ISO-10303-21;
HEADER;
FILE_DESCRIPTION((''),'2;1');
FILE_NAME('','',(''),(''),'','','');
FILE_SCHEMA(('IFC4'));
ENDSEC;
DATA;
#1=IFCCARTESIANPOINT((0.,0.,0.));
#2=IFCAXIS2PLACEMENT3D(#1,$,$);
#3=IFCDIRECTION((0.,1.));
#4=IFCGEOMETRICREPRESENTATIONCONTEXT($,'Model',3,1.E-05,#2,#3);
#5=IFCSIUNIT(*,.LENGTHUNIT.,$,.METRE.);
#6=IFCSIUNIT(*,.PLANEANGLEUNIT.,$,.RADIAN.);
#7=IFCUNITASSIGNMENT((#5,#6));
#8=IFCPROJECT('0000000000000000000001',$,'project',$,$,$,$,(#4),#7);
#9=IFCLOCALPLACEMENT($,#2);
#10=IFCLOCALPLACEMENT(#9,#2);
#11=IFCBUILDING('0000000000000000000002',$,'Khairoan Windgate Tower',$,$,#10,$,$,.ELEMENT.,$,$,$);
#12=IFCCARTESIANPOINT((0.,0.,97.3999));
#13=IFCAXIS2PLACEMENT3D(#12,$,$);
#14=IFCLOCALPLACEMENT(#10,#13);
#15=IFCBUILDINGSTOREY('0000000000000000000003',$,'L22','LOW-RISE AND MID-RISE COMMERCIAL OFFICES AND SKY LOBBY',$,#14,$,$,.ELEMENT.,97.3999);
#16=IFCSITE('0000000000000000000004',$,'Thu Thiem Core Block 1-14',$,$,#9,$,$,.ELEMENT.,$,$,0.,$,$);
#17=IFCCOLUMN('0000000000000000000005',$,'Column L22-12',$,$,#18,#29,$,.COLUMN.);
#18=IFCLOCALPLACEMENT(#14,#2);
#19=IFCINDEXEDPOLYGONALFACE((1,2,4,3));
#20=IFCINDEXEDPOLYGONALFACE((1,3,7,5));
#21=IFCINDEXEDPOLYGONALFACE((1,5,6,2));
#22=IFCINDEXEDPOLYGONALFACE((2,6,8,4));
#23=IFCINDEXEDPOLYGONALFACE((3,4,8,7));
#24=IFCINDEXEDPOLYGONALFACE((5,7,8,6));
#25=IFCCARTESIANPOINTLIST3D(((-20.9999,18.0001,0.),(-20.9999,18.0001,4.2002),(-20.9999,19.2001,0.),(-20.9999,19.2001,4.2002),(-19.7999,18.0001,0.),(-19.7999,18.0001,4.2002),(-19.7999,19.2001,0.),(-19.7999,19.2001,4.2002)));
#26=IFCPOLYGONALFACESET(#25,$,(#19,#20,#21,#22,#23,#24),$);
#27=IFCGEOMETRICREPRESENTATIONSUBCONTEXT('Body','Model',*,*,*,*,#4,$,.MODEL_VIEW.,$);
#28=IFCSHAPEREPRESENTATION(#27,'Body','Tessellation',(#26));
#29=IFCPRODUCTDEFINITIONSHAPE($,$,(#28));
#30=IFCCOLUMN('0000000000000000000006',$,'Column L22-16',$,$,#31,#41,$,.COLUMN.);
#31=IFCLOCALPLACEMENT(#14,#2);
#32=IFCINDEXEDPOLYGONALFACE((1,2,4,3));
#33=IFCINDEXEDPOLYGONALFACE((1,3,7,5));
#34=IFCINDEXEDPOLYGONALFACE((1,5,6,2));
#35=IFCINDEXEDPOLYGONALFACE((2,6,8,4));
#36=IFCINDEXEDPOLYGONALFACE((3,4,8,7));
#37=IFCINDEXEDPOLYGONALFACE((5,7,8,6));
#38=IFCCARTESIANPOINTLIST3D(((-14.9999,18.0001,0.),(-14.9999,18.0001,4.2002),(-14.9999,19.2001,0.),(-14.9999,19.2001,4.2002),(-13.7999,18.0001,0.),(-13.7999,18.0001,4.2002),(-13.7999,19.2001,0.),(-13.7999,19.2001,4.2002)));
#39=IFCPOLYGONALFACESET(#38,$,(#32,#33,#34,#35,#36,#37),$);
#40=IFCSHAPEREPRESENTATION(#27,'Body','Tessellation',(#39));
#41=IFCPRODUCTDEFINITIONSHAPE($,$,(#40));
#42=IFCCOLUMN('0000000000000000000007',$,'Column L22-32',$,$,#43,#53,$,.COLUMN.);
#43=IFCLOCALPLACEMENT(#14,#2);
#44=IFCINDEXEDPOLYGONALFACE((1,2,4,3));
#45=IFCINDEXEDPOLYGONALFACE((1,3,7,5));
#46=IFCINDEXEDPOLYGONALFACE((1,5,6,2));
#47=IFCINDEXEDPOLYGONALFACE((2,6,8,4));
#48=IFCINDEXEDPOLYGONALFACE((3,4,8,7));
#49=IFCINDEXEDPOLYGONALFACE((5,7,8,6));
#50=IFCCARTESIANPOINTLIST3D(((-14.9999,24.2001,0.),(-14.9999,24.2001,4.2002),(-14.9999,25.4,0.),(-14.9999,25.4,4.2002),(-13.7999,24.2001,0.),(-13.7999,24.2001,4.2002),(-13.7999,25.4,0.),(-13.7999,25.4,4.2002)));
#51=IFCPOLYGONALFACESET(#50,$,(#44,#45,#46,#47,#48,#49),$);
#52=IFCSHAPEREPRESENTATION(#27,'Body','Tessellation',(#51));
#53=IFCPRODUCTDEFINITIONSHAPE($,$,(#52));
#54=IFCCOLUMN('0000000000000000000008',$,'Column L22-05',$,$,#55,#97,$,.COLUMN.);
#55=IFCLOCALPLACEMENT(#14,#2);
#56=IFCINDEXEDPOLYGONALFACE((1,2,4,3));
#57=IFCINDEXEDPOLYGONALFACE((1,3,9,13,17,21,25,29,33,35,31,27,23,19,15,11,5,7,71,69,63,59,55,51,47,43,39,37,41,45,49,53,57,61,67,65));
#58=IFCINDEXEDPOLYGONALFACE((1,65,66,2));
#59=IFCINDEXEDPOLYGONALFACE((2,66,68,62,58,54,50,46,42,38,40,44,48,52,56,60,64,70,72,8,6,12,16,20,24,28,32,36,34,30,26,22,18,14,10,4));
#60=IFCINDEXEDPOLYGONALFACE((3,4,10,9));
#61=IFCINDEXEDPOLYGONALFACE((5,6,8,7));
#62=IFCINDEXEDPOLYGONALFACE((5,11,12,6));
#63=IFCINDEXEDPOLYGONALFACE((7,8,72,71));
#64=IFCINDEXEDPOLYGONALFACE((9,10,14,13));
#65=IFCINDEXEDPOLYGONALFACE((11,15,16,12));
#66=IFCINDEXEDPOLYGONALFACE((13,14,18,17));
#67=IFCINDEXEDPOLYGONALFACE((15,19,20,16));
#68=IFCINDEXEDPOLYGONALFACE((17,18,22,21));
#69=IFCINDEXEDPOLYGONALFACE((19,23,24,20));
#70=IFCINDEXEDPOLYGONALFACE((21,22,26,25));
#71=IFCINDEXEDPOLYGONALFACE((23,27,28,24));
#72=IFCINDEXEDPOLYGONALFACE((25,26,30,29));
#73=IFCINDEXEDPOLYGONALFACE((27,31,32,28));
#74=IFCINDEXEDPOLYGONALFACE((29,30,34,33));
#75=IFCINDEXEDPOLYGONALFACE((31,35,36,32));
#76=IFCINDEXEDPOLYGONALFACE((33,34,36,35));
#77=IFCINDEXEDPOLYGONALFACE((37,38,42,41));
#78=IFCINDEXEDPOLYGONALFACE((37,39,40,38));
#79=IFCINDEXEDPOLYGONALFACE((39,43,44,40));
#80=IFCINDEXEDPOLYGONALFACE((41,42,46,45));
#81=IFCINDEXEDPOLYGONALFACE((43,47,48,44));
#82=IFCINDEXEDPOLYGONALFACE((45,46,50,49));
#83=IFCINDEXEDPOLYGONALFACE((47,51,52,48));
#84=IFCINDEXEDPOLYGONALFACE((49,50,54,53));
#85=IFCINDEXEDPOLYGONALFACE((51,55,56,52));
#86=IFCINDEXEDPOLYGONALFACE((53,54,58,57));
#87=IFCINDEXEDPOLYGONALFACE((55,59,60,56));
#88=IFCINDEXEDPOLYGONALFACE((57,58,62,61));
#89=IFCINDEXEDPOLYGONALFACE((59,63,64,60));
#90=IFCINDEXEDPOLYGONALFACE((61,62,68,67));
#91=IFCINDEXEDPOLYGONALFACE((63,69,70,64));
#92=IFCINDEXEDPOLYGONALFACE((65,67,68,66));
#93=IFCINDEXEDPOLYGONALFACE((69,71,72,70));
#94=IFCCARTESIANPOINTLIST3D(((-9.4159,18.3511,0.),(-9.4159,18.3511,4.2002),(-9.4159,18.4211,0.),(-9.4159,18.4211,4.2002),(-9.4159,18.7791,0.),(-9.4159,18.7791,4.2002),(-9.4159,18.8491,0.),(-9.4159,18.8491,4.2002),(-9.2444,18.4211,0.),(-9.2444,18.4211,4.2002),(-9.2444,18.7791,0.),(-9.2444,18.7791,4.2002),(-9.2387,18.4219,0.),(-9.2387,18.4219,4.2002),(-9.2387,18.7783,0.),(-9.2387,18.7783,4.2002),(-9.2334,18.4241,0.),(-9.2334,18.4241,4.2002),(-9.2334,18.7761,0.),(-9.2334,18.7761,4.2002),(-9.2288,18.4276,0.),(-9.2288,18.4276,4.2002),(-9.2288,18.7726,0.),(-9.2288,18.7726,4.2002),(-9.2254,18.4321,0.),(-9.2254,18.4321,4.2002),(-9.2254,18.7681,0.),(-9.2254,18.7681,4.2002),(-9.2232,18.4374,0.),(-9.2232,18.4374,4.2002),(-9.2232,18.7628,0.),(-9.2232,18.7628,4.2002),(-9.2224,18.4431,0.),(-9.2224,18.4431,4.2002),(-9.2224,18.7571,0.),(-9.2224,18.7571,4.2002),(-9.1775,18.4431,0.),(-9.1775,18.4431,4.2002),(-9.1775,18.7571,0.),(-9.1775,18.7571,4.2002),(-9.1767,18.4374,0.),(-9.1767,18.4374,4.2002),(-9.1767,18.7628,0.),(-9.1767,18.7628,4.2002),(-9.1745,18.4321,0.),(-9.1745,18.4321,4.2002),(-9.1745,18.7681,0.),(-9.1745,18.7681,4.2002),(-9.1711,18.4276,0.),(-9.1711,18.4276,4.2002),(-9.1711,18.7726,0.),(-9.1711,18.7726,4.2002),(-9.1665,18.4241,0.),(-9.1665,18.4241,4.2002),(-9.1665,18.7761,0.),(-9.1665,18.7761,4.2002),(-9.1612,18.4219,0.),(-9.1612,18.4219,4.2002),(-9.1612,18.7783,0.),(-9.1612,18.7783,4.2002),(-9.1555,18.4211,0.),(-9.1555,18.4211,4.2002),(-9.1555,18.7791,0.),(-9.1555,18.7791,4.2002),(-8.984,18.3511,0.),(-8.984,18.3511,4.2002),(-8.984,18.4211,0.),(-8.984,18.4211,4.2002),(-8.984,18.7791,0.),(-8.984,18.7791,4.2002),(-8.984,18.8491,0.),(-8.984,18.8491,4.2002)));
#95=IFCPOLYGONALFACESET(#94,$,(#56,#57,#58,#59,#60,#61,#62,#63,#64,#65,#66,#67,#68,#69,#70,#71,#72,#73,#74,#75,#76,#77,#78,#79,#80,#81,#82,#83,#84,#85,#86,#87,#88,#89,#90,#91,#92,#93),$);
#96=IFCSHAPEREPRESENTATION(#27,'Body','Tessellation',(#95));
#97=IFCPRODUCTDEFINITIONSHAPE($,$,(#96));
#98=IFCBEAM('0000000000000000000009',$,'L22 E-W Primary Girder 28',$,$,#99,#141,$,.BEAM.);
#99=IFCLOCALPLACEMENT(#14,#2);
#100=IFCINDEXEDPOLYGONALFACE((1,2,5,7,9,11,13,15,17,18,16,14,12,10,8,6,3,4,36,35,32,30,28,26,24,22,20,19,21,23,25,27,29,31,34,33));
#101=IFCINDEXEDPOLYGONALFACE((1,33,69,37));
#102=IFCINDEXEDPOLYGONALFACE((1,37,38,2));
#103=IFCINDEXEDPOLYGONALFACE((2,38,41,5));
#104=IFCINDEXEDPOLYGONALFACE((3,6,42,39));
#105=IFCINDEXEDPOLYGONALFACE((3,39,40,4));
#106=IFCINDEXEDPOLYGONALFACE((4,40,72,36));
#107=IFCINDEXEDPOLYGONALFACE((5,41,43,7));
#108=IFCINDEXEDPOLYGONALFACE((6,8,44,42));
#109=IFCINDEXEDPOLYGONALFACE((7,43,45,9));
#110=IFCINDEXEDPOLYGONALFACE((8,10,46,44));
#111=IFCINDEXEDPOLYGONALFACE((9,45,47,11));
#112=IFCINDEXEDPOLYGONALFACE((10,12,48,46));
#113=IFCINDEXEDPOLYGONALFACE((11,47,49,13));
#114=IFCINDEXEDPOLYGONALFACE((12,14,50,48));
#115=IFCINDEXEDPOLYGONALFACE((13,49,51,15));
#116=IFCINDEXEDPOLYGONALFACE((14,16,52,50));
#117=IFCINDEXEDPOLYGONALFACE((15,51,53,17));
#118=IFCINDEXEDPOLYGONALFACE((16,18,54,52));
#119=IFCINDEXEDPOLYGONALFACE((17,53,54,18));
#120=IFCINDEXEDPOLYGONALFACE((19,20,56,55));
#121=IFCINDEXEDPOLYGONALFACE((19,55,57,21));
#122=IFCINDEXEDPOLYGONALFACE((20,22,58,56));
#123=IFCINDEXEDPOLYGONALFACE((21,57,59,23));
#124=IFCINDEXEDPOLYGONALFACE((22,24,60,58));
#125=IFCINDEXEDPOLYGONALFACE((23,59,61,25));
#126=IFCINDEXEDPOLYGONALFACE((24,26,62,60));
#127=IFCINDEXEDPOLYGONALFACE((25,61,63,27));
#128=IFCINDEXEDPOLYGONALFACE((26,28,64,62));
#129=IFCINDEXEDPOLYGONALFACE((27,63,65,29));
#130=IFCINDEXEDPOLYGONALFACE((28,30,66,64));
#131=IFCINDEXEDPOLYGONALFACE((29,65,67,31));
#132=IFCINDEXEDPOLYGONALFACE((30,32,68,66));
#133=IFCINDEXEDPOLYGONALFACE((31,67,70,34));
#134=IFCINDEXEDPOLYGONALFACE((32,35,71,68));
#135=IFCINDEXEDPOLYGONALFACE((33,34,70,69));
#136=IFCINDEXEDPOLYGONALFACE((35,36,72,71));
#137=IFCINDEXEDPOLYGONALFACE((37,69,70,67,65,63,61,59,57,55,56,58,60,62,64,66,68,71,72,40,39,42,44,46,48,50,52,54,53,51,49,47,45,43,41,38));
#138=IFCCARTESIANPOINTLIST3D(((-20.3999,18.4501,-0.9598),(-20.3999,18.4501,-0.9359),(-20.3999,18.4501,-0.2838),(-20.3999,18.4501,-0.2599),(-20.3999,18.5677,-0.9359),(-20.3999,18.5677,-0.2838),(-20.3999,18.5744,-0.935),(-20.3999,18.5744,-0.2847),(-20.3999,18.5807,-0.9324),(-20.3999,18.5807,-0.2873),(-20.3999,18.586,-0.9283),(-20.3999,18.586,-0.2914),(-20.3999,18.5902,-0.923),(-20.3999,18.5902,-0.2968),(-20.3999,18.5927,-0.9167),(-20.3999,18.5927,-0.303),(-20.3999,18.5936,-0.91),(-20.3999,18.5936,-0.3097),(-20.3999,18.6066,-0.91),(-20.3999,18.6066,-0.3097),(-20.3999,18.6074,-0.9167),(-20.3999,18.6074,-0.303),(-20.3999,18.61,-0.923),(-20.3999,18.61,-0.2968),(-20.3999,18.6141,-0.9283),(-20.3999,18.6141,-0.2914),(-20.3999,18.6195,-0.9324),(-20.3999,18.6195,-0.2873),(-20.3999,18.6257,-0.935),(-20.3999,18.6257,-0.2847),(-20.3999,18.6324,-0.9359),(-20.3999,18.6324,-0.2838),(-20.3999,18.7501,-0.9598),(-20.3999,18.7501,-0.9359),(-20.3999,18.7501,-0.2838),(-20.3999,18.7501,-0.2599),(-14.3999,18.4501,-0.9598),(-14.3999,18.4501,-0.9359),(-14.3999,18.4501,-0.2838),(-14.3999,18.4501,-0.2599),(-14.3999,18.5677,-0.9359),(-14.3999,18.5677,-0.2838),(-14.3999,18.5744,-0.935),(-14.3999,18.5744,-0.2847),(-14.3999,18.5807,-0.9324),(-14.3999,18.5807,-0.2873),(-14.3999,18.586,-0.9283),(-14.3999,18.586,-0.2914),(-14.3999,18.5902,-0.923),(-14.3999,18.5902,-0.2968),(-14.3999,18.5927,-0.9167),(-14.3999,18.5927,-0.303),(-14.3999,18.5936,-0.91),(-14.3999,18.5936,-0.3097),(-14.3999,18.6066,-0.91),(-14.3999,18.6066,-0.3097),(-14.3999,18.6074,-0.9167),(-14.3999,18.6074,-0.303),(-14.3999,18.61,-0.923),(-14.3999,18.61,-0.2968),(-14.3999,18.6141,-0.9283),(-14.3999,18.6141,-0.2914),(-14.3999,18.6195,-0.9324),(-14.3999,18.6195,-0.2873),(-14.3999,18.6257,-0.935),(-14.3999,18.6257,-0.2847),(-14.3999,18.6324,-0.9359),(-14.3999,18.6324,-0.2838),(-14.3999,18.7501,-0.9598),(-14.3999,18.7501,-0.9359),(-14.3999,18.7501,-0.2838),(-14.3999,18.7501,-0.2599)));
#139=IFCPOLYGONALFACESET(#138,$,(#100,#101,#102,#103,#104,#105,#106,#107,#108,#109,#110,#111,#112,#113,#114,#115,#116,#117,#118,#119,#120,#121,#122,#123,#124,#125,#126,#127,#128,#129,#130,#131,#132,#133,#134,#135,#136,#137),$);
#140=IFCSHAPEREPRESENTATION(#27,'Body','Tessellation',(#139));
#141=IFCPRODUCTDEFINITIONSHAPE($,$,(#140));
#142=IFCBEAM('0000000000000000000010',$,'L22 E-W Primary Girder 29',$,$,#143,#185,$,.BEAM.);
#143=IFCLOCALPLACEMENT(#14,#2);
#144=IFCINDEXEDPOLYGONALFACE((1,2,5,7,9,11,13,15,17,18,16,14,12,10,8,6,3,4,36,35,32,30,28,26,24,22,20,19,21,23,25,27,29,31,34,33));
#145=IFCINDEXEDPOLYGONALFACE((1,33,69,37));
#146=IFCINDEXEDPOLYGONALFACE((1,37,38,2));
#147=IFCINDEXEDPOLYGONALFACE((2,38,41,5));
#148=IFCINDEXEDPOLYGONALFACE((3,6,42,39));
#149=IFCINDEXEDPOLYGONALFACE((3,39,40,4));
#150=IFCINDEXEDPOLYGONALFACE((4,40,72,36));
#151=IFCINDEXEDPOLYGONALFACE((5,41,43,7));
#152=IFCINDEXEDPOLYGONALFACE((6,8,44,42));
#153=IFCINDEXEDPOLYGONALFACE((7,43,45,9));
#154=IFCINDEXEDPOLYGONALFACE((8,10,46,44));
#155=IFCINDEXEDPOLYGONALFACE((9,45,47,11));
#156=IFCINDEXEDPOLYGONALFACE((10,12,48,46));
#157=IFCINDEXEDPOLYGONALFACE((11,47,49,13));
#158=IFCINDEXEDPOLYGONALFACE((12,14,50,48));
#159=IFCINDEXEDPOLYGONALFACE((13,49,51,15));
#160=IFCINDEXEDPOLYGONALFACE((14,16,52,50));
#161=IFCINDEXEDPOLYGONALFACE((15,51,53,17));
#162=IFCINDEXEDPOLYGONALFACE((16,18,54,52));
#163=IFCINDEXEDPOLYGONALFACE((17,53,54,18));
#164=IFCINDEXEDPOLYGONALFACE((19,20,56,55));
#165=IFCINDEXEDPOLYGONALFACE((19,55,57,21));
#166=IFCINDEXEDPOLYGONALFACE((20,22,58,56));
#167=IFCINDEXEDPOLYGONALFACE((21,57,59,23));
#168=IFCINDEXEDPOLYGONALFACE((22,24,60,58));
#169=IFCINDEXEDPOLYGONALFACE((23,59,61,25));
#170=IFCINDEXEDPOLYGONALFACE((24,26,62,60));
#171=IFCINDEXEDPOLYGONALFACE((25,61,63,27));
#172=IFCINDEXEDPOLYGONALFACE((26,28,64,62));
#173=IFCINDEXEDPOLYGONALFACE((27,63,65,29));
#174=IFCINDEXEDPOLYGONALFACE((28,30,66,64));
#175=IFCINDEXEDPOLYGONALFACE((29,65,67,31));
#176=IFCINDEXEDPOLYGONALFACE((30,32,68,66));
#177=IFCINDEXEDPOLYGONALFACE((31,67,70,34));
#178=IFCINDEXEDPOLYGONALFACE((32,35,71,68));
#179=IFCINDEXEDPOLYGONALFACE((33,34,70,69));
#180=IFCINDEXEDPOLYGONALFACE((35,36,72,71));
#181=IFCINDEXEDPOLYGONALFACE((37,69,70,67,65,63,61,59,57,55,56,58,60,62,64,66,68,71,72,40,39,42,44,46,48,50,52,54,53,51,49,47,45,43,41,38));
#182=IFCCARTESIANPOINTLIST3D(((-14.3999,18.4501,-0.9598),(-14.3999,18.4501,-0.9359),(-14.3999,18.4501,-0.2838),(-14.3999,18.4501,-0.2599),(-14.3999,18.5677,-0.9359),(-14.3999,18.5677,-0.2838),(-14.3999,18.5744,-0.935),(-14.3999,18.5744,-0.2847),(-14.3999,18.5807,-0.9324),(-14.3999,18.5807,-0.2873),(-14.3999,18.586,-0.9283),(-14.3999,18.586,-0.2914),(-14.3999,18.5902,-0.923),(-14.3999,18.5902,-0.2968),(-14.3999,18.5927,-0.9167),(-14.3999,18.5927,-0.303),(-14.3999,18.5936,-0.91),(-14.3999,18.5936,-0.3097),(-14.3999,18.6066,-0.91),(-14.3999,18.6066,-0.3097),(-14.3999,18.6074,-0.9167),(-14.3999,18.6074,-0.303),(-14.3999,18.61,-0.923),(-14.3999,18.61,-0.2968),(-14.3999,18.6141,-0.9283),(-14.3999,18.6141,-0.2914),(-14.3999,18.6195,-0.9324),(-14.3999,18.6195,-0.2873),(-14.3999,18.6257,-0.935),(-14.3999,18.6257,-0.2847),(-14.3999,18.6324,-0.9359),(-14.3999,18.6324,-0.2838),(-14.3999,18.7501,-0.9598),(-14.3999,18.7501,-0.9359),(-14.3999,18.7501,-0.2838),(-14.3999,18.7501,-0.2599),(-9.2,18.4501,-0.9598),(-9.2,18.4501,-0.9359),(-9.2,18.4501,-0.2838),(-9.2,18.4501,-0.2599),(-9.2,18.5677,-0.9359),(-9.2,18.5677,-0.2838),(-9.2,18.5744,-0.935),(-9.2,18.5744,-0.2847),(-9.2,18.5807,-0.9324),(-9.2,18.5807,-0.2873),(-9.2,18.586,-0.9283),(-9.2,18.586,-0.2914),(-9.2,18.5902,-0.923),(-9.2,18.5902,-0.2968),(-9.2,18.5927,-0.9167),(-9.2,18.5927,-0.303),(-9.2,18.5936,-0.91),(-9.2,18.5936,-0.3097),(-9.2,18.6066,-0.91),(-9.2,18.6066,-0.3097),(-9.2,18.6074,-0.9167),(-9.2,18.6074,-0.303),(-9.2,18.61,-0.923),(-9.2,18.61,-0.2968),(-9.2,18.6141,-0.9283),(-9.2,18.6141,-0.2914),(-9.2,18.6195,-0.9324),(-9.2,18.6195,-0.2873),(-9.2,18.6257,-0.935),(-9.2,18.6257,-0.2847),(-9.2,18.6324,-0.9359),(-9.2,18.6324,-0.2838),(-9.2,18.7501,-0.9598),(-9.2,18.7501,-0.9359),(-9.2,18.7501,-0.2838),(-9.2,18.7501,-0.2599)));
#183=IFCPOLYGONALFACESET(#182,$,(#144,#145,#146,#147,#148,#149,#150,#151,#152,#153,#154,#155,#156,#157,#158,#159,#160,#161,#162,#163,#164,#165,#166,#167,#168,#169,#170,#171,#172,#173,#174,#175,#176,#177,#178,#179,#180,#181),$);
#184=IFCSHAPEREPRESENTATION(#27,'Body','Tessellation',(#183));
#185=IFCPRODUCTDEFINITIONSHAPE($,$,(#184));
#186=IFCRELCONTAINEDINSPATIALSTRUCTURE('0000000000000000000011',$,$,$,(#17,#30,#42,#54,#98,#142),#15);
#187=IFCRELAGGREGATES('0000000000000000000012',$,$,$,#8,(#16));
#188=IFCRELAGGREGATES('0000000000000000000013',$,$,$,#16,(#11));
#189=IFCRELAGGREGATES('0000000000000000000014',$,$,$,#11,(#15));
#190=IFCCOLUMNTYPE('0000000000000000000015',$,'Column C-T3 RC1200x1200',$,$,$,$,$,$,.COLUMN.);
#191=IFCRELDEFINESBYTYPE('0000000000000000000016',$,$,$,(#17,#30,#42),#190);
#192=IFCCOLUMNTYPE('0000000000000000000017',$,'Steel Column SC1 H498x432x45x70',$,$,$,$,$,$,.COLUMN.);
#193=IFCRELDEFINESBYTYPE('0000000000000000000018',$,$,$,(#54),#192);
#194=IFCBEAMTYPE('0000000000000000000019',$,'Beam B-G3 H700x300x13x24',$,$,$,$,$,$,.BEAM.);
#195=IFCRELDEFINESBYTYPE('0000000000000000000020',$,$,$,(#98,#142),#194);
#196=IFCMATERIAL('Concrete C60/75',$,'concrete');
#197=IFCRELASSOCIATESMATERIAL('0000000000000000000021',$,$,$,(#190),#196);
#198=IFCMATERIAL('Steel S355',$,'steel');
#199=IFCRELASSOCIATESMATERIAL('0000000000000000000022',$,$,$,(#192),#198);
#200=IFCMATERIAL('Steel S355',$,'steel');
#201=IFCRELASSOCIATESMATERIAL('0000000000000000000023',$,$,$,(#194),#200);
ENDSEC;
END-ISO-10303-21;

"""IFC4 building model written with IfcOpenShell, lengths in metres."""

from ifc_helpers import new_model, si_unit, direction, frame, origin, origin_2d, place, context, subcontext, project, spatial, rectangle, i_section, extrude, material, material_profile, profile_set, type_object, element, save


model = new_model("IFC4")

# Units and contexts
model_context = context("Model", 3, precision=1e-05, world=origin(), true_north=direction((0.0, 1.0)))
body_context = subcontext(model_context, "Body", "Model", "MODEL_VIEW")
ifc_project = project(units=[si_unit("LENGTHUNIT", "METRE"), si_unit("PLANEANGLEUNIT", "RADIAN")], contexts=[model_context])

# Site, building, storey
site_placement = place(None, origin())
site = spatial("IfcSite", under=ifc_project, at=site_placement, Name="Thu Thiem Core Block 1-14", CompositionType="ELEMENT", RefElevation=0.0)
building_placement = place(site_placement, origin())
building = spatial("IfcBuilding", under=site, at=building_placement, Name="Khairoan Windgate Tower", CompositionType="ELEMENT")
storey_placement = place(building_placement, frame((0.0, 0.0, 97.3999)))
storey = spatial("IfcBuildingStorey", under=building, at=storey_placement, Name="L22", Description="LOW-RISE AND MID-RISE COMMERCIAL OFFICES AND SKY LOBBY", CompositionType="ELEMENT", Elevation=97.3999)

# Columns
ifc_material_1 = material(Name="Concrete C60/75", Category="concrete")
ifc_material_profile_1 = material_profile(ifc_material_1, rectangle(XDim=1.2, YDim=1.2, at=origin_2d()))
ifc_profile_set_1 = profile_set([ifc_material_profile_1], Name="Concrete C60/75")
column_type_1 = type_object("IfcColumnType", Name="Column C-T3 RC1200x1200", PredefinedType="COLUMN", material=ifc_profile_set_1)
for number, where, z_axis, x_axis, name in (
    (1, (-20.3999, 18.6001, 0.0), (0.0, 0.0, 1.0), (1.0, 0.0, 0.0), "Column L22-12"),
    (2, (-14.3999, 18.6001, 0.0), (0.0, 0.0, 1.0), (1.0, 0.0, 0.0), "Column L22-16"),
    (3, (-14.3999, 24.8, 0.0), (0.0, 0.0, 1.0), (1.0, 0.0, 0.0), "Column L22-32"),
):
    element("IfcColumn", number, at=place(storey_placement, frame(where, z_axis=z_axis, x_axis=x_axis)), inside=storey, type_object=column_type_1, Name=name, PredefinedType="COLUMN", context=body_context, shape_type="SweptSolid", body=[
        extrude(rectangle(XDim=1.2, YDim=1.2, at=origin_2d()), origin(), (0.0, 0.0, 1.0), 4.2002),
    ])
ifc_material_2 = material(Name="Steel S355", Category="steel")
ifc_material_profile_2 = material_profile(ifc_material_2, i_section(OverallWidth=0.4319, OverallDepth=0.498, WebThickness=0.0449, FlangeThickness=0.0701, FilletRadius=0.022, at=origin_2d()))
ifc_profile_set_2 = profile_set([ifc_material_profile_2], Name="Steel S355")
column_type_2 = type_object("IfcColumnType", Name="Steel Column SC1 H498x432x45x70", PredefinedType="COLUMN", material=ifc_profile_set_2)
column_placement = place(storey_placement, frame((-9.2, 18.6001, 0.0), z_axis=(0.0, 0.0, 1.0), x_axis=(1.0, 0.0, 0.0)))
element("IfcColumn", 4, at=column_placement, inside=storey, type_object=column_type_2, Name="Column L22-05", PredefinedType="COLUMN", context=body_context, shape_type="SweptSolid", body=[
    extrude(i_section(OverallWidth=0.4319, OverallDepth=0.498, WebThickness=0.0449, FlangeThickness=0.0701, FilletRadius=0.022, at=origin_2d()), origin(), (0.0, 0.0, 1.0), 4.2002),
])

# Beams
ifc_material_3 = material(Name="Steel S355", Category="steel")
ifc_material_profile_3 = material_profile(ifc_material_3, i_section(OverallWidth=0.3, OverallDepth=0.7, WebThickness=0.0129, FlangeThickness=0.0239, FilletRadius=0.0259, at=origin_2d()))
ifc_profile_set_3 = profile_set([ifc_material_profile_3], Name="Steel S355")
beam_type = type_object("IfcBeamType", Name="Beam B-G3 H700x300x13x24", PredefinedType="BEAM", material=ifc_profile_set_3)
beam_1_placement = place(storey_placement, frame((-20.3999, 18.6001, -0.6099), z_axis=(1.0, 0.0, 0.0), x_axis=(0.0, 1.0, 0.0)))
element("IfcBeam", 5, at=beam_1_placement, inside=storey, type_object=beam_type, Name="L22 E-W Primary Girder 28", PredefinedType="BEAM", context=body_context, shape_type="SweptSolid", body=[
    extrude(i_section(OverallWidth=0.3, OverallDepth=0.7, WebThickness=0.0129, FlangeThickness=0.0239, FilletRadius=0.0259, at=origin_2d()), origin(), (0.0, 0.0, 1.0), 6.0),
])
beam_2_placement = place(storey_placement, frame((-14.3999, 18.6001, -0.6099), z_axis=(1.0, 0.0, 0.0), x_axis=(0.0, 1.0, 0.0)))
element("IfcBeam", 6, at=beam_2_placement, inside=storey, type_object=beam_type, Name="L22 E-W Primary Girder 29", PredefinedType="BEAM", context=body_context, shape_type="SweptSolid", body=[
    extrude(i_section(OverallWidth=0.3, OverallDepth=0.7, WebThickness=0.0129, FlangeThickness=0.0239, FilletRadius=0.0259, at=origin_2d()), origin(), (0.0, 0.0, 1.0), 5.2),
])

save(model, "model.ifc")
